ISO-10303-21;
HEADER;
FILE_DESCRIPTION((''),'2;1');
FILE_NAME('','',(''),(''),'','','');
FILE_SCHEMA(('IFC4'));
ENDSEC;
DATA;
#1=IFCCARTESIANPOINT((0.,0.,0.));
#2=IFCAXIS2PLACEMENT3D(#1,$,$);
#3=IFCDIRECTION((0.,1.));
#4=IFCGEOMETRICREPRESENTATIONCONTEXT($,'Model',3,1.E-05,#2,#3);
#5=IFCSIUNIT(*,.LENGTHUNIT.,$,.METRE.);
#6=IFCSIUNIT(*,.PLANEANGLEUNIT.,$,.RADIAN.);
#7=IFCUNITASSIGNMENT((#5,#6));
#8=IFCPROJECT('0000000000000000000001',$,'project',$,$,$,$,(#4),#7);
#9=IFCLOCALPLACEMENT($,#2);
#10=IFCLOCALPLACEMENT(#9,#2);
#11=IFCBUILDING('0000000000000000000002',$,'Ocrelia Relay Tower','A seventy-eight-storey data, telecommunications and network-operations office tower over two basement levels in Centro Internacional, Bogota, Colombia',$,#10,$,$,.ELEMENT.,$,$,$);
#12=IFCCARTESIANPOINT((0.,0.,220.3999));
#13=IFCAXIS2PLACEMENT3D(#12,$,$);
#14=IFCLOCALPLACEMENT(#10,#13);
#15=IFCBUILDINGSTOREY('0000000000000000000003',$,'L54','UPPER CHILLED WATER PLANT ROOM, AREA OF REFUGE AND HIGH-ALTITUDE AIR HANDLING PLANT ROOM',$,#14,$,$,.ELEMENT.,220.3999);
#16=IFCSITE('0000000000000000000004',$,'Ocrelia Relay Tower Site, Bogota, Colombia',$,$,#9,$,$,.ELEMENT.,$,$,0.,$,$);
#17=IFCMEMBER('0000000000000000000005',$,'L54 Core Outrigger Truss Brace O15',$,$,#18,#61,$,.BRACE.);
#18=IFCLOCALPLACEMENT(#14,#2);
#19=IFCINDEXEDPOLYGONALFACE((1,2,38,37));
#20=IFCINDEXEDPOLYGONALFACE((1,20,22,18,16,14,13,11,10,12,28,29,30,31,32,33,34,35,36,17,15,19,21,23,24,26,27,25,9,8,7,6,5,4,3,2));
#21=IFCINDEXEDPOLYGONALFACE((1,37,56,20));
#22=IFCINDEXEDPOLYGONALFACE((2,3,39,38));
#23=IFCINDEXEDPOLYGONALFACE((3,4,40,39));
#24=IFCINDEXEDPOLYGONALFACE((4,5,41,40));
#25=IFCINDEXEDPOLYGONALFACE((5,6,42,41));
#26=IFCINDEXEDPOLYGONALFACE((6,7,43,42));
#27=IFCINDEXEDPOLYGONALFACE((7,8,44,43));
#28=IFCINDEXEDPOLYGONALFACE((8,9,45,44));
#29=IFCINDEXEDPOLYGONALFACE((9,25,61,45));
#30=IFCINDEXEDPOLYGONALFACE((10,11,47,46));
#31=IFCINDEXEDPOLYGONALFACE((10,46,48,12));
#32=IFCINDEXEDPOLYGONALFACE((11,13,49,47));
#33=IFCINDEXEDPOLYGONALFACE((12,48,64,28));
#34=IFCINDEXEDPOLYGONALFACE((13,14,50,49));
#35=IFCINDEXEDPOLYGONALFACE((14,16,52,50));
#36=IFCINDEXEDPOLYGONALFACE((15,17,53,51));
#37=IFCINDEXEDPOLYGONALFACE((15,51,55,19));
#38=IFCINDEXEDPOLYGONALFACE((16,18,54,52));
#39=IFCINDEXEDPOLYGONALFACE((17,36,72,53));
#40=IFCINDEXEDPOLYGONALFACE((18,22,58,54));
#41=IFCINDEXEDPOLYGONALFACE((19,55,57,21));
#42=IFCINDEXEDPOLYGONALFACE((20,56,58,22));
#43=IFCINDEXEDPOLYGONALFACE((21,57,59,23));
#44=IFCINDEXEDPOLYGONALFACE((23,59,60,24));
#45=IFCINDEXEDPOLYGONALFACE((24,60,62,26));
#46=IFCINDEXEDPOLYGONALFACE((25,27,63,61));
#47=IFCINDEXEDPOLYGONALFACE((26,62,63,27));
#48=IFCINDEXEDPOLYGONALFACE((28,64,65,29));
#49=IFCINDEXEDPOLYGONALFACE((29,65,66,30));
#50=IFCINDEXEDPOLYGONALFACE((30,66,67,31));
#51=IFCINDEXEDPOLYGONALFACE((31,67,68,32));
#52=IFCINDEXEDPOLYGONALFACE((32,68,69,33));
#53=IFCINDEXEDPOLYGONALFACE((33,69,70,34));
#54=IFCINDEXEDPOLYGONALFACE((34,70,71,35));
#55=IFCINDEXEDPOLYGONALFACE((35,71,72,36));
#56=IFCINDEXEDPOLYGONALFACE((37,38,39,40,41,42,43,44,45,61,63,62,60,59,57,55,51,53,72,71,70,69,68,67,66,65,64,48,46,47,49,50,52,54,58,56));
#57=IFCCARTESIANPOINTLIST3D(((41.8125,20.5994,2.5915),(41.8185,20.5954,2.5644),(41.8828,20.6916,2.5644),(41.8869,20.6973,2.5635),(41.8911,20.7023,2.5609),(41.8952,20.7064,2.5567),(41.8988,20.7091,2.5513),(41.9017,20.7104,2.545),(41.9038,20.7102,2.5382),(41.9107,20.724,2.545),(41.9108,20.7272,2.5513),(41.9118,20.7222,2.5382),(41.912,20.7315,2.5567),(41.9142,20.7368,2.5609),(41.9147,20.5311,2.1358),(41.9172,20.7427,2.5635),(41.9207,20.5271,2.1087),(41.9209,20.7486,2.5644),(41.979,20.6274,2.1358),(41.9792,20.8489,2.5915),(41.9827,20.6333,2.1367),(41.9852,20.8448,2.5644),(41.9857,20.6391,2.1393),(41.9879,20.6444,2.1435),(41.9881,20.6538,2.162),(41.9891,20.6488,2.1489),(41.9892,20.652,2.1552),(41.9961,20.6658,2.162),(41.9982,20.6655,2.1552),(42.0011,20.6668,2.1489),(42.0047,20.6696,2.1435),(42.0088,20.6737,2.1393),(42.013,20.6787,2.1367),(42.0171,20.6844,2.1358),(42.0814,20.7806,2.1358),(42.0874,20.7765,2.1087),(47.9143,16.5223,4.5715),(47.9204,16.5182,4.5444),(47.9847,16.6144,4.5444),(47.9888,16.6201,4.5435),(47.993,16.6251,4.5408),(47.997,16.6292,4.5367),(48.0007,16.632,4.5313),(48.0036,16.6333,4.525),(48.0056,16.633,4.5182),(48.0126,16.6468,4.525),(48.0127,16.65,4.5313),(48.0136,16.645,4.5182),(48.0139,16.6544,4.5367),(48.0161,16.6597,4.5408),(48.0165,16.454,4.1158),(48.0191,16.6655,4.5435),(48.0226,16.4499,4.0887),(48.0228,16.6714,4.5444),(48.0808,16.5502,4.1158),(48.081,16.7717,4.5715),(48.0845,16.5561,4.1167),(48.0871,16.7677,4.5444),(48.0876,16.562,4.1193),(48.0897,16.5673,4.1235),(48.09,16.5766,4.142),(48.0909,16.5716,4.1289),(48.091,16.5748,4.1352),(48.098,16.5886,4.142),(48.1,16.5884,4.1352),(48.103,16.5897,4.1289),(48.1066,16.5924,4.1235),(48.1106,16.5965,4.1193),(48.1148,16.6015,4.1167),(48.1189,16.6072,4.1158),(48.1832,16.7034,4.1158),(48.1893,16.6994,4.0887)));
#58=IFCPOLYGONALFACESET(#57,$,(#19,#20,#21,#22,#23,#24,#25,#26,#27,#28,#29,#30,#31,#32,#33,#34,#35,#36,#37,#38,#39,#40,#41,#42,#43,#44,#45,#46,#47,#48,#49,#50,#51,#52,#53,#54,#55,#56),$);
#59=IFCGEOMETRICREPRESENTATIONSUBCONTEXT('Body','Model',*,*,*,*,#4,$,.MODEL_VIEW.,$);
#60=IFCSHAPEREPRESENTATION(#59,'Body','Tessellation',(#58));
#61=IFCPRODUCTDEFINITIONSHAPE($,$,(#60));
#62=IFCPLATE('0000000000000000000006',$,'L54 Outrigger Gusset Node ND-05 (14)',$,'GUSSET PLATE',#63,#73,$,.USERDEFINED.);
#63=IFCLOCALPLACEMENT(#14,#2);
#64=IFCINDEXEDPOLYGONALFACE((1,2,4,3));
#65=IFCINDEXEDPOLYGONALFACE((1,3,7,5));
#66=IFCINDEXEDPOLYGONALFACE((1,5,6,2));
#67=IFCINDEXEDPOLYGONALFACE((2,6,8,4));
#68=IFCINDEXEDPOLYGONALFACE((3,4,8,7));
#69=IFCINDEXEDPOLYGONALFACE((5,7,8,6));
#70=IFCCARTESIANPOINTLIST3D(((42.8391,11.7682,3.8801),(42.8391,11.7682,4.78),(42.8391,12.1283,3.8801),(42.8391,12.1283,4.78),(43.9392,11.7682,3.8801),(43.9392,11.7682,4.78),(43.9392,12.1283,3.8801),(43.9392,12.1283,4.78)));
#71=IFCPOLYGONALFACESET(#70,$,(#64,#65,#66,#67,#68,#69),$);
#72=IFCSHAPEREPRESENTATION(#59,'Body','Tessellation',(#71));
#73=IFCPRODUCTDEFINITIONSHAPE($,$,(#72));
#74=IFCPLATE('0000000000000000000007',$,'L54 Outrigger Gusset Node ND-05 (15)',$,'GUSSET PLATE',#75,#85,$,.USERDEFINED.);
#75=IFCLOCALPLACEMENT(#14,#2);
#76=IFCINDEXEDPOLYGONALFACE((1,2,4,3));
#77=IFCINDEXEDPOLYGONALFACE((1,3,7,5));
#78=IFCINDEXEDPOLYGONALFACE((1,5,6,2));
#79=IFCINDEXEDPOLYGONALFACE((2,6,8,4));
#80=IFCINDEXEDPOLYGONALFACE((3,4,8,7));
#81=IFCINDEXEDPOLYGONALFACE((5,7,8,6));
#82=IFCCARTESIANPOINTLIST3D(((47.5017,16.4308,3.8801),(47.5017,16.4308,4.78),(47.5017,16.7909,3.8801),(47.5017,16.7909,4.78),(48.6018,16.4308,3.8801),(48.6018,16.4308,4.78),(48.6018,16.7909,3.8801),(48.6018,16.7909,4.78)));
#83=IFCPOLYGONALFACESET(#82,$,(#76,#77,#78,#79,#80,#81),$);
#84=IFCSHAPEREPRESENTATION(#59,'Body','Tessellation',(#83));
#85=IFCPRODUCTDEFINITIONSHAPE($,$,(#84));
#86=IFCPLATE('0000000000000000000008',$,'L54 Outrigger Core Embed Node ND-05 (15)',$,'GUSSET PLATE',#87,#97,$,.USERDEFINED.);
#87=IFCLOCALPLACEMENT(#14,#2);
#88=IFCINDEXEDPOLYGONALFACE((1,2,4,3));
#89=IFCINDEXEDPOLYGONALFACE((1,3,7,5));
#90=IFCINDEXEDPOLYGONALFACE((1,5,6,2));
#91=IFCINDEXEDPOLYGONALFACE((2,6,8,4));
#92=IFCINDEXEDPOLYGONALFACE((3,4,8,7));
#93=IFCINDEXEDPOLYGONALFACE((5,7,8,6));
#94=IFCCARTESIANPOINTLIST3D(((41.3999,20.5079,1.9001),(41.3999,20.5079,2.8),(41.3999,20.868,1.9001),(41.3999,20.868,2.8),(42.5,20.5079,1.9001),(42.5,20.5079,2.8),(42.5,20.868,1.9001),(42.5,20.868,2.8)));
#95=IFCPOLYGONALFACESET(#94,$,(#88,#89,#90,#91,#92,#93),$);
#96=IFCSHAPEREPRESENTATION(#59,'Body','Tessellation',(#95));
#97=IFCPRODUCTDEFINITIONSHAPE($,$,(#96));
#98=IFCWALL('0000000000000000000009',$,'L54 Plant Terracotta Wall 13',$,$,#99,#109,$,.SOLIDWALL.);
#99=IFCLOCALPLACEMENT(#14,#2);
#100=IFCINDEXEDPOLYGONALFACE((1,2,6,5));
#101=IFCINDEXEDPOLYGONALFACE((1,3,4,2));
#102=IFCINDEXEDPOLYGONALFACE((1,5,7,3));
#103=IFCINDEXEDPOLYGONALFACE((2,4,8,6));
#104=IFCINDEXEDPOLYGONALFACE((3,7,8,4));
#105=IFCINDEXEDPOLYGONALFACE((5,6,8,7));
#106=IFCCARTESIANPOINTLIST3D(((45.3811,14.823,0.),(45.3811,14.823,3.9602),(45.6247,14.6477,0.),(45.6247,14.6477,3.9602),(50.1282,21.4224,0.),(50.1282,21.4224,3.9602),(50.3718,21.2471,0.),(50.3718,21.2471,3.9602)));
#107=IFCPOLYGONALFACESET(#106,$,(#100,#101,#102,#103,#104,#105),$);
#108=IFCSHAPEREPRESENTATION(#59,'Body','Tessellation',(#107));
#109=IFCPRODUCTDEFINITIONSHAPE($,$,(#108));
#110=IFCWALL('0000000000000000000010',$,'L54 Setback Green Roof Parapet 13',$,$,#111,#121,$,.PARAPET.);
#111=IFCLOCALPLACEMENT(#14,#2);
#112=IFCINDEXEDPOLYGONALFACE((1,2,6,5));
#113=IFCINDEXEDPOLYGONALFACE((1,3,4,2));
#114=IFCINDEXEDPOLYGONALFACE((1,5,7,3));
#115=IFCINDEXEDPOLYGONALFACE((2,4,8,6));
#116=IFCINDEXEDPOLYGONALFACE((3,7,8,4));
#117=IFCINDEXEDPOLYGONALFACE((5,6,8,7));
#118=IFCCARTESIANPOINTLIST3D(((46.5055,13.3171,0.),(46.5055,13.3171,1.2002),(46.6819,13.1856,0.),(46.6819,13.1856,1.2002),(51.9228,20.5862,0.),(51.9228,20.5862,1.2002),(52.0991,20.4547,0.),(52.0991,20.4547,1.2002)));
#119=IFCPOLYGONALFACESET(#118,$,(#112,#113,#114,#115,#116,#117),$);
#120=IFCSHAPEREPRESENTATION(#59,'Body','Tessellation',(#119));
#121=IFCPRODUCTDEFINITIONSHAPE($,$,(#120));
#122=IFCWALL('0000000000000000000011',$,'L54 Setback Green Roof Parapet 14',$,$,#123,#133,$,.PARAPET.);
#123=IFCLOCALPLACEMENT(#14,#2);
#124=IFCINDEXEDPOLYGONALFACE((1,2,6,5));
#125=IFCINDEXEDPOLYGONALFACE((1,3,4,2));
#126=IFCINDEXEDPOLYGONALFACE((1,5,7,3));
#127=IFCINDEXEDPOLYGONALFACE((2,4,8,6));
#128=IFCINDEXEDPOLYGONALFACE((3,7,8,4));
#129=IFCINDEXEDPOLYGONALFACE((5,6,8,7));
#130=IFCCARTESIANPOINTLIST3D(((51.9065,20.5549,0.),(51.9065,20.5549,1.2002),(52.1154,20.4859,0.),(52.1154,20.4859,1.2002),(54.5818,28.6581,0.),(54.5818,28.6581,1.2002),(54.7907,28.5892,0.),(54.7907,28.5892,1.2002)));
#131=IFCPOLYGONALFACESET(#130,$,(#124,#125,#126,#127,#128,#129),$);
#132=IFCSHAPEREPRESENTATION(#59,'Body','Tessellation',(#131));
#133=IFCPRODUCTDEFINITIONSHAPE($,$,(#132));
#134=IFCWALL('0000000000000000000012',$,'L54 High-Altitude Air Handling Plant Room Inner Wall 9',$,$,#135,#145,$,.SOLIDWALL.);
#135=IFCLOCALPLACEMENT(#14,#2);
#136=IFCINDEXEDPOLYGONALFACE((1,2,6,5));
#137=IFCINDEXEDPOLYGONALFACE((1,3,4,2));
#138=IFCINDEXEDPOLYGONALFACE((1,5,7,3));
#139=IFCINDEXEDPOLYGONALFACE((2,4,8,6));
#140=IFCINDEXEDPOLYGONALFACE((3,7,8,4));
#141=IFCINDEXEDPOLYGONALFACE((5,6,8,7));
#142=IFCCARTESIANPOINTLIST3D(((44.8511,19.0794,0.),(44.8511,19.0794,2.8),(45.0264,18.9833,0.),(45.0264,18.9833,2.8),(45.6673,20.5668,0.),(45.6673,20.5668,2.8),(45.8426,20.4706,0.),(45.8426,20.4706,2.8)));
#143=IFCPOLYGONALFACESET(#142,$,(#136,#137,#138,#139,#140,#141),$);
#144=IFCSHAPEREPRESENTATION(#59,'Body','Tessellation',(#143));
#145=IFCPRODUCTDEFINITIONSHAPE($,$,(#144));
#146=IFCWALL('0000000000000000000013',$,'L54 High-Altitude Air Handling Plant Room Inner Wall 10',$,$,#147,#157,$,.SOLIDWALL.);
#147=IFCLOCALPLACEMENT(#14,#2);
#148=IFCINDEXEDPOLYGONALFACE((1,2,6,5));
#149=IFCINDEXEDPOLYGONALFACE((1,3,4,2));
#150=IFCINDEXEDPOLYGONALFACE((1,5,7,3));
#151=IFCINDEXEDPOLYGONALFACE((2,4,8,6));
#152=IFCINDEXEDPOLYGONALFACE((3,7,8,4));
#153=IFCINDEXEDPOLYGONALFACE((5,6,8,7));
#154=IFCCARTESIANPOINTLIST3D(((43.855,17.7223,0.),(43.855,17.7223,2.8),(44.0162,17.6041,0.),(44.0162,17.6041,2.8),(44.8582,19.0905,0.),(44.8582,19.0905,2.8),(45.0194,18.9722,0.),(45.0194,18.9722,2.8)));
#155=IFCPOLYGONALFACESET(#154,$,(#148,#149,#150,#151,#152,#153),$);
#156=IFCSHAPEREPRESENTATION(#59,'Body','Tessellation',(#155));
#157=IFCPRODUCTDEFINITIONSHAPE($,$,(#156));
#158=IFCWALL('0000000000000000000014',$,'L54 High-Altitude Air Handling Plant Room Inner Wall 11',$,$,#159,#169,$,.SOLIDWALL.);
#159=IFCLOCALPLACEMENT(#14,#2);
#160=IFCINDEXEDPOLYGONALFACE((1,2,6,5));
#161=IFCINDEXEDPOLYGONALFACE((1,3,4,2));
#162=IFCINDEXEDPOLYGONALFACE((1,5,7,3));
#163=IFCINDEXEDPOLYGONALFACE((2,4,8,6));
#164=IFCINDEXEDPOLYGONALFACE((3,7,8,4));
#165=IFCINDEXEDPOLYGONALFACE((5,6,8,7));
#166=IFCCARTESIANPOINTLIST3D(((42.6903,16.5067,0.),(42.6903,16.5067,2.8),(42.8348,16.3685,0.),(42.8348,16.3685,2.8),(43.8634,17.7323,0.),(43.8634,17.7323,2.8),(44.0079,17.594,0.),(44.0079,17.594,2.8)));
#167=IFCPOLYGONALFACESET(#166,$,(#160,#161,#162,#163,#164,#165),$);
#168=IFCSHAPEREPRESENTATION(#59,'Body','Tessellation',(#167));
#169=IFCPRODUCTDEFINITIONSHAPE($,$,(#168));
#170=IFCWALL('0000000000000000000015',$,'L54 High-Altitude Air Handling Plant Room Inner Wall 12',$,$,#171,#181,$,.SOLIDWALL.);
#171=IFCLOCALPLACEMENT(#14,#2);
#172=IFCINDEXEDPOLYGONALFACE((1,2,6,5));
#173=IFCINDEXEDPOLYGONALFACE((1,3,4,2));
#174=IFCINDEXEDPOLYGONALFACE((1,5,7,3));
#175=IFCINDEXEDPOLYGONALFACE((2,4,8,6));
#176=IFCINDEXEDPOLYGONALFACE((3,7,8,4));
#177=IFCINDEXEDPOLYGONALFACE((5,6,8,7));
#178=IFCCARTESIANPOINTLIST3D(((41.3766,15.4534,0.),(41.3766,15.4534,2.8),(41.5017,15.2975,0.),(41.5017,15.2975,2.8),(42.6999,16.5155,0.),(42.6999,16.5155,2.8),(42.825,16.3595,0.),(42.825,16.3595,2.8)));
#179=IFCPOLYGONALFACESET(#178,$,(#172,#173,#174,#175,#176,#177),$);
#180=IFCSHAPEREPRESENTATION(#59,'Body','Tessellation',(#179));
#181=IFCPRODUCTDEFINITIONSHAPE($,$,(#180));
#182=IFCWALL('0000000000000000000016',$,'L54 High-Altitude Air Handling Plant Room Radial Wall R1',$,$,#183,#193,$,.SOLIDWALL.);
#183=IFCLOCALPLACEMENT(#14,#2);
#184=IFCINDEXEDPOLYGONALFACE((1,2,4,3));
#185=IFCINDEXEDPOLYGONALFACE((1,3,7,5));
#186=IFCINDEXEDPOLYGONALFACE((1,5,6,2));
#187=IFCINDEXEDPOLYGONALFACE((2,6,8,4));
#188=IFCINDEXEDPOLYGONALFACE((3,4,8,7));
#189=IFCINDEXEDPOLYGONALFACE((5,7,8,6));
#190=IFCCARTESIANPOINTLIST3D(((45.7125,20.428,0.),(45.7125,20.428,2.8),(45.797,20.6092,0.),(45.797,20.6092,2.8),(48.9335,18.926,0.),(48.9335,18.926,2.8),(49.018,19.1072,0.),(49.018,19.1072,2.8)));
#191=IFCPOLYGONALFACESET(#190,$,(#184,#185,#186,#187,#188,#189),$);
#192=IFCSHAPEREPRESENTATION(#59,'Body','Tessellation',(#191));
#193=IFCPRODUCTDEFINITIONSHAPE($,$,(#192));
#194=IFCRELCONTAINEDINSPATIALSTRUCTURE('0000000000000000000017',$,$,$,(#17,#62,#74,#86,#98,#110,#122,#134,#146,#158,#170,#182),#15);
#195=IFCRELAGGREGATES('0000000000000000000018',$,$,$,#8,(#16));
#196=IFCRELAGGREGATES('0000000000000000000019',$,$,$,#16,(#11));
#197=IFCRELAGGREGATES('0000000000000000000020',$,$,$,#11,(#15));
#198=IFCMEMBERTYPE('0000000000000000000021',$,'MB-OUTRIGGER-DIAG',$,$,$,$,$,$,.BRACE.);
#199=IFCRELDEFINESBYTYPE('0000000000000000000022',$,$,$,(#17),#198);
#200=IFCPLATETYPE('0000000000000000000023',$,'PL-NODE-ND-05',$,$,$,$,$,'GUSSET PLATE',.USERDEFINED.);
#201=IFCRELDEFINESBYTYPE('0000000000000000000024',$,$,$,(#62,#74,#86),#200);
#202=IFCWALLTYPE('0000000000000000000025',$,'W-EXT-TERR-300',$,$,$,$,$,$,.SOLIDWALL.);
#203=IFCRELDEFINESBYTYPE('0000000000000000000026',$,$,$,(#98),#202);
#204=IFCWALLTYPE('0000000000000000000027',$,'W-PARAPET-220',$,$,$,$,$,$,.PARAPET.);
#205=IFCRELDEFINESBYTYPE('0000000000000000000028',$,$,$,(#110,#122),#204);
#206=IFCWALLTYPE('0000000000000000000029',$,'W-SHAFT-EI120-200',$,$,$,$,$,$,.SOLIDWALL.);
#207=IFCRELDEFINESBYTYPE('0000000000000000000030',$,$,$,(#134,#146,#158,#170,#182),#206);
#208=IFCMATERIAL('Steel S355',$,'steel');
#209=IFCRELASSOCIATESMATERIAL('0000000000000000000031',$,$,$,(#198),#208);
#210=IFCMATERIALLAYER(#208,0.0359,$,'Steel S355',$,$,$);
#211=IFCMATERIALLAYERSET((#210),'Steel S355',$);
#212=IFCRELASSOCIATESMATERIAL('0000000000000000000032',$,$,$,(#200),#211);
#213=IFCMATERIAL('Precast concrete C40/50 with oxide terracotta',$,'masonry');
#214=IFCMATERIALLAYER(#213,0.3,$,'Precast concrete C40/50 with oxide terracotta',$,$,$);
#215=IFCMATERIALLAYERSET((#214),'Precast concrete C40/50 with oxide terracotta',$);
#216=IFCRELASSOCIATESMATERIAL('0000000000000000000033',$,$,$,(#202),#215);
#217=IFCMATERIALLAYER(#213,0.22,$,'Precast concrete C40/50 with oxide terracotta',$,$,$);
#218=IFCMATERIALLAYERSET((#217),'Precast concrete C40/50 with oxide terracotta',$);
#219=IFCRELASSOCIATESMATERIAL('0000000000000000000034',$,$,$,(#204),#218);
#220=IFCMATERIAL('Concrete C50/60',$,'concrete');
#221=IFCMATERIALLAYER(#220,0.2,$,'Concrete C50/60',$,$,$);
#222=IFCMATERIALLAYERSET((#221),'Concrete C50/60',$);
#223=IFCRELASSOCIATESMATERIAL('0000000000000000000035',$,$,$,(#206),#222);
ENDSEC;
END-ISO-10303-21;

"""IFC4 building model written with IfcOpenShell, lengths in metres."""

from ifc_helpers import new_model, si_unit, direction, frame, frame_2d, origin, origin_2d, place, context, subcontext, project, spatial, rectangle, i_section, extrude, material, layer, layer_set, material_profile, profile_set, type_object, element, save


model = new_model("IFC4")

# Units and contexts
model_context = context("Model", 3, precision=1e-05, world=origin(), true_north=direction((0.0, 1.0)))
body_context = subcontext(model_context, "Body", "Model", "MODEL_VIEW")
ifc_project = project(units=[si_unit("LENGTHUNIT", "METRE"), si_unit("PLANEANGLEUNIT", "RADIAN")], contexts=[model_context])

# Site, building, storey
site_placement = place(None, origin())
site = spatial("IfcSite", under=ifc_project, at=site_placement, Name="Ocrelia Relay Tower Site, Bogota, Colombia", CompositionType="ELEMENT", RefElevation=0.0)
building_placement = place(site_placement, origin())
building = spatial("IfcBuilding", under=site, at=building_placement, Name="Ocrelia Relay Tower", Description="A seventy-eight-storey data, telecommunications and network-operations office tower over two basement levels in Centro Internacional, Bogota, Colombia", CompositionType="ELEMENT")
storey_placement = place(building_placement, frame((0.0, 0.0, 220.3999)))
storey = spatial("IfcBuildingStorey", under=building, at=storey_placement, Name="L54", Description="UPPER CHILLED WATER PLANT ROOM, AREA OF REFUGE AND HIGH-ALTITUDE AIR HANDLING PLANT ROOM", CompositionType="ELEMENT", Elevation=220.3999)

# Shared definitions
ifc_material_1 = material(Name="Steel S355", Category="steel")

# Member
ifc_material_profile_1 = material_profile(ifc_material_1, i_section(OverallWidth=0.3, OverallDepth=0.5, WebThickness=0.0144, FlangeThickness=0.0281, FilletRadius=0.0271, at=origin_2d()), Name="HEB 500")
ifc_profile_set_1 = profile_set([ifc_material_profile_1], Name="Steel S355")
member_type_1 = type_object("IfcMemberType", Name="MB-OUTRIGGER-DIAG", PredefinedType="BRACE", material=ifc_profile_set_1)
member_placement = place(storey_placement, frame((41.95, 20.688, 2.3501), z_axis=(0.802762, -0.536395, 0.260489), x_axis=(0.555575, 0.831466, 0.0)))
element("IfcMember", 1, at=member_placement, inside=storey, type_object=member_type_1, Name="L54 Core Outrigger Truss Brace O15", PredefinedType="BRACE", context=body_context, shape_type="SweptSolid", body=[
    extrude(i_section(OverallWidth=0.3, OverallDepth=0.5, WebThickness=0.0144, FlangeThickness=0.0281, FilletRadius=0.0271, at=origin_2d()), origin(), (0.0, 0.0, 1.0), 7.6011),
])

# Plates
ifc_layer_1 = layer(ifc_material_1, 0.0359, Name="Steel S355")
ifc_layer_set_1 = layer_set([ifc_layer_1], Name="Steel S355")
plate_type = type_object("IfcPlateType", Name="PL-NODE-ND-05", ElementType="GUSSET PLATE", PredefinedType="USERDEFINED", material=ifc_layer_set_1)
for number, where, z_axis, x_axis, name in (
    (2, (43.3892, 11.9482, 3.8801), (0.0, 0.0, 1.0), (1.0, 0.0, 0.0), "L54 Outrigger Gusset Node ND-05 (14)"),
    (3, (48.0518, 16.6108, 3.8801), (0.0, 0.0, 1.0), (1.0, 0.0, 0.0), "L54 Outrigger Gusset Node ND-05 (15)"),
    (4, (41.95, 20.688, 1.9001), (0.0, 0.0, 1.0), (1.0, 0.0, 0.0), "L54 Outrigger Core Embed Node ND-05 (15)"),
):
    element("IfcPlate", number, at=place(storey_placement, frame(where, z_axis=z_axis, x_axis=x_axis)), inside=storey, type_object=plate_type, Name=name, ObjectType="GUSSET PLATE", PredefinedType="USERDEFINED", context=body_context, shape_type="SweptSolid", body=[
        extrude(rectangle(XDim=1.1001, YDim=0.3601, at=origin_2d()), origin(), (0.0, 0.0, 1.0), 0.8999),
    ])

# Walls
ifc_material_2 = material(Name="Precast concrete C40/50 with oxide terracotta", Category="masonry")
ifc_layer_2 = layer(ifc_material_2, 0.3, Name="Precast concrete C40/50 with oxide terracotta")
ifc_layer_set_2 = layer_set([ifc_layer_2], Name="Precast concrete C40/50 with oxide terracotta")
wall_type_1 = type_object("IfcWallType", Name="W-EXT-TERR-300", PredefinedType="SOLIDWALL", material=ifc_layer_set_2)
wall_1_placement = place(storey_placement, frame((45.5029, 14.7354, 0.0), z_axis=(0.0, 0.0, 1.0), x_axis=(0.583942, 0.811795, 0.0)))
element("IfcWall", 5, at=wall_1_placement, inside=storey, type_object=wall_type_1, Name="L54 Plant Terracotta Wall 13", PredefinedType="SOLIDWALL", context=body_context, shape_type="SweptSolid", body=[
    extrude(rectangle(XDim=8.1294, YDim=0.3, at=frame_2d((4.0647, 0.0))), origin(), (0.0, 0.0, 1.0), 3.9602),
])
ifc_layer_3 = layer(ifc_material_2, 0.22, Name="Precast concrete C40/50 with oxide terracotta")
ifc_layer_set_3 = layer_set([ifc_layer_3], Name="Precast concrete C40/50 with oxide terracotta")
wall_type_2 = type_object("IfcWallType", Name="W-PARAPET-220", PredefinedType="PARAPET", material=ifc_layer_set_3)
wall_2_placement = place(storey_placement, frame((46.5938, 13.2515, 0.0), z_axis=(0.0, 0.0, 1.0), x_axis=(0.597558, 0.801825, 0.0)))
element("IfcWall", 6, at=wall_2_placement, inside=storey, type_object=wall_type_2, Name="L54 Setback Green Roof Parapet 13", PredefinedType="PARAPET", context=body_context, shape_type="SweptSolid", body=[
    extrude(rectangle(XDim=9.0657, YDim=0.22, at=frame_2d((4.5327, 0.0))), origin(), (0.0, 0.0, 1.0), 1.2002),
])
wall_3_placement = place(storey_placement, frame((52.011, 20.5205, 0.0), z_axis=(0.0, 0.0, 1.0), x_axis=(0.313506, 0.949586, 0.0)))
element("IfcWall", 7, at=wall_3_placement, inside=storey, type_object=wall_type_2, Name="L54 Setback Green Roof Parapet 14", PredefinedType="PARAPET", context=body_context, shape_type="SweptSolid", body=[
    extrude(rectangle(XDim=8.5334, YDim=0.22, at=frame_2d((4.2666, 0.0))), origin(), (0.0, 0.0, 1.0), 1.2002),
])
ifc_material_3 = material(Name="Concrete C50/60", Category="concrete")
ifc_layer_4 = layer(ifc_material_3, 0.2, Name="Concrete C50/60")
ifc_layer_set_4 = layer_set([ifc_layer_4], Name="Concrete C50/60")
wall_type_3 = type_object("IfcWallType", Name="W-SHAFT-EI120-200", PredefinedType="SOLIDWALL", material=ifc_layer_set_4)
for number, where, z_axis, x_axis, name in (
    (8, (45.7549, 20.5186, 0.0), (0.0, 0.0, 1.0), (-0.481079, -0.876677, 0.0), "L54 High-Altitude Air Handling Plant Room Inner Wall 9"),
    (9, (44.9387, 19.0312, 0.0), (0.0, 0.0, 1.0), (-0.591308, -0.806446, 0.0), "L54 High-Altitude Air Handling Plant Room Inner Wall 10"),
    (10, (43.9355, 17.6631, 0.0), (0.0, 0.0, 1.0), (-0.691468, -0.722407, 0.0), "L54 High-Altitude Air Handling Plant Room Inner Wall 11"),
):
    element("IfcWall", number, at=place(storey_placement, frame(where, z_axis=z_axis, x_axis=x_axis)), inside=storey, type_object=wall_type_3, Name=name, PredefinedType="SOLIDWALL", context=body_context, shape_type="SweptSolid", body=[
        extrude(rectangle(XDim=1.6965, YDim=0.2, at=frame_2d((0.8481, 0.0))), origin(), (0.0, 0.0, 1.0), 2.8),
    ])
wall_4_placement = place(storey_placement, frame((42.7625, 16.4375, 0.0), z_axis=(0.0, 0.0, 1.0), x_axis=(-0.779885, -0.625923, 0.0)))
element("IfcWall", 11, at=wall_4_placement, inside=storey, type_object=wall_type_3, Name="L54 High-Altitude Air Handling Plant Room Inner Wall 12", PredefinedType="SOLIDWALL", context=body_context, shape_type="SweptSolid", body=[
    extrude(rectangle(XDim=1.6968, YDim=0.2, at=frame_2d((0.8484, 0.0))), origin(), (0.0, 0.0, 1.0), 2.8),
])
wall_5_placement = place(storey_placement, frame((45.7549, 20.5186, 0.0), z_axis=(0.0, 0.0, 1.0), x_axis=(0.906308, -0.422618, 0.0)))
element("IfcWall", 12, at=wall_5_placement, inside=storey, type_object=wall_type_3, Name="L54 High-Altitude Air Handling Plant Room Radial Wall R1", PredefinedType="SOLIDWALL", context=body_context, shape_type="SweptSolid", body=[
    extrude(rectangle(XDim=3.554, YDim=0.2, at=frame_2d((1.7769, 0.0))), origin(), (0.0, 0.0, 1.0), 2.8),
])

save(model, "model.ifc")
